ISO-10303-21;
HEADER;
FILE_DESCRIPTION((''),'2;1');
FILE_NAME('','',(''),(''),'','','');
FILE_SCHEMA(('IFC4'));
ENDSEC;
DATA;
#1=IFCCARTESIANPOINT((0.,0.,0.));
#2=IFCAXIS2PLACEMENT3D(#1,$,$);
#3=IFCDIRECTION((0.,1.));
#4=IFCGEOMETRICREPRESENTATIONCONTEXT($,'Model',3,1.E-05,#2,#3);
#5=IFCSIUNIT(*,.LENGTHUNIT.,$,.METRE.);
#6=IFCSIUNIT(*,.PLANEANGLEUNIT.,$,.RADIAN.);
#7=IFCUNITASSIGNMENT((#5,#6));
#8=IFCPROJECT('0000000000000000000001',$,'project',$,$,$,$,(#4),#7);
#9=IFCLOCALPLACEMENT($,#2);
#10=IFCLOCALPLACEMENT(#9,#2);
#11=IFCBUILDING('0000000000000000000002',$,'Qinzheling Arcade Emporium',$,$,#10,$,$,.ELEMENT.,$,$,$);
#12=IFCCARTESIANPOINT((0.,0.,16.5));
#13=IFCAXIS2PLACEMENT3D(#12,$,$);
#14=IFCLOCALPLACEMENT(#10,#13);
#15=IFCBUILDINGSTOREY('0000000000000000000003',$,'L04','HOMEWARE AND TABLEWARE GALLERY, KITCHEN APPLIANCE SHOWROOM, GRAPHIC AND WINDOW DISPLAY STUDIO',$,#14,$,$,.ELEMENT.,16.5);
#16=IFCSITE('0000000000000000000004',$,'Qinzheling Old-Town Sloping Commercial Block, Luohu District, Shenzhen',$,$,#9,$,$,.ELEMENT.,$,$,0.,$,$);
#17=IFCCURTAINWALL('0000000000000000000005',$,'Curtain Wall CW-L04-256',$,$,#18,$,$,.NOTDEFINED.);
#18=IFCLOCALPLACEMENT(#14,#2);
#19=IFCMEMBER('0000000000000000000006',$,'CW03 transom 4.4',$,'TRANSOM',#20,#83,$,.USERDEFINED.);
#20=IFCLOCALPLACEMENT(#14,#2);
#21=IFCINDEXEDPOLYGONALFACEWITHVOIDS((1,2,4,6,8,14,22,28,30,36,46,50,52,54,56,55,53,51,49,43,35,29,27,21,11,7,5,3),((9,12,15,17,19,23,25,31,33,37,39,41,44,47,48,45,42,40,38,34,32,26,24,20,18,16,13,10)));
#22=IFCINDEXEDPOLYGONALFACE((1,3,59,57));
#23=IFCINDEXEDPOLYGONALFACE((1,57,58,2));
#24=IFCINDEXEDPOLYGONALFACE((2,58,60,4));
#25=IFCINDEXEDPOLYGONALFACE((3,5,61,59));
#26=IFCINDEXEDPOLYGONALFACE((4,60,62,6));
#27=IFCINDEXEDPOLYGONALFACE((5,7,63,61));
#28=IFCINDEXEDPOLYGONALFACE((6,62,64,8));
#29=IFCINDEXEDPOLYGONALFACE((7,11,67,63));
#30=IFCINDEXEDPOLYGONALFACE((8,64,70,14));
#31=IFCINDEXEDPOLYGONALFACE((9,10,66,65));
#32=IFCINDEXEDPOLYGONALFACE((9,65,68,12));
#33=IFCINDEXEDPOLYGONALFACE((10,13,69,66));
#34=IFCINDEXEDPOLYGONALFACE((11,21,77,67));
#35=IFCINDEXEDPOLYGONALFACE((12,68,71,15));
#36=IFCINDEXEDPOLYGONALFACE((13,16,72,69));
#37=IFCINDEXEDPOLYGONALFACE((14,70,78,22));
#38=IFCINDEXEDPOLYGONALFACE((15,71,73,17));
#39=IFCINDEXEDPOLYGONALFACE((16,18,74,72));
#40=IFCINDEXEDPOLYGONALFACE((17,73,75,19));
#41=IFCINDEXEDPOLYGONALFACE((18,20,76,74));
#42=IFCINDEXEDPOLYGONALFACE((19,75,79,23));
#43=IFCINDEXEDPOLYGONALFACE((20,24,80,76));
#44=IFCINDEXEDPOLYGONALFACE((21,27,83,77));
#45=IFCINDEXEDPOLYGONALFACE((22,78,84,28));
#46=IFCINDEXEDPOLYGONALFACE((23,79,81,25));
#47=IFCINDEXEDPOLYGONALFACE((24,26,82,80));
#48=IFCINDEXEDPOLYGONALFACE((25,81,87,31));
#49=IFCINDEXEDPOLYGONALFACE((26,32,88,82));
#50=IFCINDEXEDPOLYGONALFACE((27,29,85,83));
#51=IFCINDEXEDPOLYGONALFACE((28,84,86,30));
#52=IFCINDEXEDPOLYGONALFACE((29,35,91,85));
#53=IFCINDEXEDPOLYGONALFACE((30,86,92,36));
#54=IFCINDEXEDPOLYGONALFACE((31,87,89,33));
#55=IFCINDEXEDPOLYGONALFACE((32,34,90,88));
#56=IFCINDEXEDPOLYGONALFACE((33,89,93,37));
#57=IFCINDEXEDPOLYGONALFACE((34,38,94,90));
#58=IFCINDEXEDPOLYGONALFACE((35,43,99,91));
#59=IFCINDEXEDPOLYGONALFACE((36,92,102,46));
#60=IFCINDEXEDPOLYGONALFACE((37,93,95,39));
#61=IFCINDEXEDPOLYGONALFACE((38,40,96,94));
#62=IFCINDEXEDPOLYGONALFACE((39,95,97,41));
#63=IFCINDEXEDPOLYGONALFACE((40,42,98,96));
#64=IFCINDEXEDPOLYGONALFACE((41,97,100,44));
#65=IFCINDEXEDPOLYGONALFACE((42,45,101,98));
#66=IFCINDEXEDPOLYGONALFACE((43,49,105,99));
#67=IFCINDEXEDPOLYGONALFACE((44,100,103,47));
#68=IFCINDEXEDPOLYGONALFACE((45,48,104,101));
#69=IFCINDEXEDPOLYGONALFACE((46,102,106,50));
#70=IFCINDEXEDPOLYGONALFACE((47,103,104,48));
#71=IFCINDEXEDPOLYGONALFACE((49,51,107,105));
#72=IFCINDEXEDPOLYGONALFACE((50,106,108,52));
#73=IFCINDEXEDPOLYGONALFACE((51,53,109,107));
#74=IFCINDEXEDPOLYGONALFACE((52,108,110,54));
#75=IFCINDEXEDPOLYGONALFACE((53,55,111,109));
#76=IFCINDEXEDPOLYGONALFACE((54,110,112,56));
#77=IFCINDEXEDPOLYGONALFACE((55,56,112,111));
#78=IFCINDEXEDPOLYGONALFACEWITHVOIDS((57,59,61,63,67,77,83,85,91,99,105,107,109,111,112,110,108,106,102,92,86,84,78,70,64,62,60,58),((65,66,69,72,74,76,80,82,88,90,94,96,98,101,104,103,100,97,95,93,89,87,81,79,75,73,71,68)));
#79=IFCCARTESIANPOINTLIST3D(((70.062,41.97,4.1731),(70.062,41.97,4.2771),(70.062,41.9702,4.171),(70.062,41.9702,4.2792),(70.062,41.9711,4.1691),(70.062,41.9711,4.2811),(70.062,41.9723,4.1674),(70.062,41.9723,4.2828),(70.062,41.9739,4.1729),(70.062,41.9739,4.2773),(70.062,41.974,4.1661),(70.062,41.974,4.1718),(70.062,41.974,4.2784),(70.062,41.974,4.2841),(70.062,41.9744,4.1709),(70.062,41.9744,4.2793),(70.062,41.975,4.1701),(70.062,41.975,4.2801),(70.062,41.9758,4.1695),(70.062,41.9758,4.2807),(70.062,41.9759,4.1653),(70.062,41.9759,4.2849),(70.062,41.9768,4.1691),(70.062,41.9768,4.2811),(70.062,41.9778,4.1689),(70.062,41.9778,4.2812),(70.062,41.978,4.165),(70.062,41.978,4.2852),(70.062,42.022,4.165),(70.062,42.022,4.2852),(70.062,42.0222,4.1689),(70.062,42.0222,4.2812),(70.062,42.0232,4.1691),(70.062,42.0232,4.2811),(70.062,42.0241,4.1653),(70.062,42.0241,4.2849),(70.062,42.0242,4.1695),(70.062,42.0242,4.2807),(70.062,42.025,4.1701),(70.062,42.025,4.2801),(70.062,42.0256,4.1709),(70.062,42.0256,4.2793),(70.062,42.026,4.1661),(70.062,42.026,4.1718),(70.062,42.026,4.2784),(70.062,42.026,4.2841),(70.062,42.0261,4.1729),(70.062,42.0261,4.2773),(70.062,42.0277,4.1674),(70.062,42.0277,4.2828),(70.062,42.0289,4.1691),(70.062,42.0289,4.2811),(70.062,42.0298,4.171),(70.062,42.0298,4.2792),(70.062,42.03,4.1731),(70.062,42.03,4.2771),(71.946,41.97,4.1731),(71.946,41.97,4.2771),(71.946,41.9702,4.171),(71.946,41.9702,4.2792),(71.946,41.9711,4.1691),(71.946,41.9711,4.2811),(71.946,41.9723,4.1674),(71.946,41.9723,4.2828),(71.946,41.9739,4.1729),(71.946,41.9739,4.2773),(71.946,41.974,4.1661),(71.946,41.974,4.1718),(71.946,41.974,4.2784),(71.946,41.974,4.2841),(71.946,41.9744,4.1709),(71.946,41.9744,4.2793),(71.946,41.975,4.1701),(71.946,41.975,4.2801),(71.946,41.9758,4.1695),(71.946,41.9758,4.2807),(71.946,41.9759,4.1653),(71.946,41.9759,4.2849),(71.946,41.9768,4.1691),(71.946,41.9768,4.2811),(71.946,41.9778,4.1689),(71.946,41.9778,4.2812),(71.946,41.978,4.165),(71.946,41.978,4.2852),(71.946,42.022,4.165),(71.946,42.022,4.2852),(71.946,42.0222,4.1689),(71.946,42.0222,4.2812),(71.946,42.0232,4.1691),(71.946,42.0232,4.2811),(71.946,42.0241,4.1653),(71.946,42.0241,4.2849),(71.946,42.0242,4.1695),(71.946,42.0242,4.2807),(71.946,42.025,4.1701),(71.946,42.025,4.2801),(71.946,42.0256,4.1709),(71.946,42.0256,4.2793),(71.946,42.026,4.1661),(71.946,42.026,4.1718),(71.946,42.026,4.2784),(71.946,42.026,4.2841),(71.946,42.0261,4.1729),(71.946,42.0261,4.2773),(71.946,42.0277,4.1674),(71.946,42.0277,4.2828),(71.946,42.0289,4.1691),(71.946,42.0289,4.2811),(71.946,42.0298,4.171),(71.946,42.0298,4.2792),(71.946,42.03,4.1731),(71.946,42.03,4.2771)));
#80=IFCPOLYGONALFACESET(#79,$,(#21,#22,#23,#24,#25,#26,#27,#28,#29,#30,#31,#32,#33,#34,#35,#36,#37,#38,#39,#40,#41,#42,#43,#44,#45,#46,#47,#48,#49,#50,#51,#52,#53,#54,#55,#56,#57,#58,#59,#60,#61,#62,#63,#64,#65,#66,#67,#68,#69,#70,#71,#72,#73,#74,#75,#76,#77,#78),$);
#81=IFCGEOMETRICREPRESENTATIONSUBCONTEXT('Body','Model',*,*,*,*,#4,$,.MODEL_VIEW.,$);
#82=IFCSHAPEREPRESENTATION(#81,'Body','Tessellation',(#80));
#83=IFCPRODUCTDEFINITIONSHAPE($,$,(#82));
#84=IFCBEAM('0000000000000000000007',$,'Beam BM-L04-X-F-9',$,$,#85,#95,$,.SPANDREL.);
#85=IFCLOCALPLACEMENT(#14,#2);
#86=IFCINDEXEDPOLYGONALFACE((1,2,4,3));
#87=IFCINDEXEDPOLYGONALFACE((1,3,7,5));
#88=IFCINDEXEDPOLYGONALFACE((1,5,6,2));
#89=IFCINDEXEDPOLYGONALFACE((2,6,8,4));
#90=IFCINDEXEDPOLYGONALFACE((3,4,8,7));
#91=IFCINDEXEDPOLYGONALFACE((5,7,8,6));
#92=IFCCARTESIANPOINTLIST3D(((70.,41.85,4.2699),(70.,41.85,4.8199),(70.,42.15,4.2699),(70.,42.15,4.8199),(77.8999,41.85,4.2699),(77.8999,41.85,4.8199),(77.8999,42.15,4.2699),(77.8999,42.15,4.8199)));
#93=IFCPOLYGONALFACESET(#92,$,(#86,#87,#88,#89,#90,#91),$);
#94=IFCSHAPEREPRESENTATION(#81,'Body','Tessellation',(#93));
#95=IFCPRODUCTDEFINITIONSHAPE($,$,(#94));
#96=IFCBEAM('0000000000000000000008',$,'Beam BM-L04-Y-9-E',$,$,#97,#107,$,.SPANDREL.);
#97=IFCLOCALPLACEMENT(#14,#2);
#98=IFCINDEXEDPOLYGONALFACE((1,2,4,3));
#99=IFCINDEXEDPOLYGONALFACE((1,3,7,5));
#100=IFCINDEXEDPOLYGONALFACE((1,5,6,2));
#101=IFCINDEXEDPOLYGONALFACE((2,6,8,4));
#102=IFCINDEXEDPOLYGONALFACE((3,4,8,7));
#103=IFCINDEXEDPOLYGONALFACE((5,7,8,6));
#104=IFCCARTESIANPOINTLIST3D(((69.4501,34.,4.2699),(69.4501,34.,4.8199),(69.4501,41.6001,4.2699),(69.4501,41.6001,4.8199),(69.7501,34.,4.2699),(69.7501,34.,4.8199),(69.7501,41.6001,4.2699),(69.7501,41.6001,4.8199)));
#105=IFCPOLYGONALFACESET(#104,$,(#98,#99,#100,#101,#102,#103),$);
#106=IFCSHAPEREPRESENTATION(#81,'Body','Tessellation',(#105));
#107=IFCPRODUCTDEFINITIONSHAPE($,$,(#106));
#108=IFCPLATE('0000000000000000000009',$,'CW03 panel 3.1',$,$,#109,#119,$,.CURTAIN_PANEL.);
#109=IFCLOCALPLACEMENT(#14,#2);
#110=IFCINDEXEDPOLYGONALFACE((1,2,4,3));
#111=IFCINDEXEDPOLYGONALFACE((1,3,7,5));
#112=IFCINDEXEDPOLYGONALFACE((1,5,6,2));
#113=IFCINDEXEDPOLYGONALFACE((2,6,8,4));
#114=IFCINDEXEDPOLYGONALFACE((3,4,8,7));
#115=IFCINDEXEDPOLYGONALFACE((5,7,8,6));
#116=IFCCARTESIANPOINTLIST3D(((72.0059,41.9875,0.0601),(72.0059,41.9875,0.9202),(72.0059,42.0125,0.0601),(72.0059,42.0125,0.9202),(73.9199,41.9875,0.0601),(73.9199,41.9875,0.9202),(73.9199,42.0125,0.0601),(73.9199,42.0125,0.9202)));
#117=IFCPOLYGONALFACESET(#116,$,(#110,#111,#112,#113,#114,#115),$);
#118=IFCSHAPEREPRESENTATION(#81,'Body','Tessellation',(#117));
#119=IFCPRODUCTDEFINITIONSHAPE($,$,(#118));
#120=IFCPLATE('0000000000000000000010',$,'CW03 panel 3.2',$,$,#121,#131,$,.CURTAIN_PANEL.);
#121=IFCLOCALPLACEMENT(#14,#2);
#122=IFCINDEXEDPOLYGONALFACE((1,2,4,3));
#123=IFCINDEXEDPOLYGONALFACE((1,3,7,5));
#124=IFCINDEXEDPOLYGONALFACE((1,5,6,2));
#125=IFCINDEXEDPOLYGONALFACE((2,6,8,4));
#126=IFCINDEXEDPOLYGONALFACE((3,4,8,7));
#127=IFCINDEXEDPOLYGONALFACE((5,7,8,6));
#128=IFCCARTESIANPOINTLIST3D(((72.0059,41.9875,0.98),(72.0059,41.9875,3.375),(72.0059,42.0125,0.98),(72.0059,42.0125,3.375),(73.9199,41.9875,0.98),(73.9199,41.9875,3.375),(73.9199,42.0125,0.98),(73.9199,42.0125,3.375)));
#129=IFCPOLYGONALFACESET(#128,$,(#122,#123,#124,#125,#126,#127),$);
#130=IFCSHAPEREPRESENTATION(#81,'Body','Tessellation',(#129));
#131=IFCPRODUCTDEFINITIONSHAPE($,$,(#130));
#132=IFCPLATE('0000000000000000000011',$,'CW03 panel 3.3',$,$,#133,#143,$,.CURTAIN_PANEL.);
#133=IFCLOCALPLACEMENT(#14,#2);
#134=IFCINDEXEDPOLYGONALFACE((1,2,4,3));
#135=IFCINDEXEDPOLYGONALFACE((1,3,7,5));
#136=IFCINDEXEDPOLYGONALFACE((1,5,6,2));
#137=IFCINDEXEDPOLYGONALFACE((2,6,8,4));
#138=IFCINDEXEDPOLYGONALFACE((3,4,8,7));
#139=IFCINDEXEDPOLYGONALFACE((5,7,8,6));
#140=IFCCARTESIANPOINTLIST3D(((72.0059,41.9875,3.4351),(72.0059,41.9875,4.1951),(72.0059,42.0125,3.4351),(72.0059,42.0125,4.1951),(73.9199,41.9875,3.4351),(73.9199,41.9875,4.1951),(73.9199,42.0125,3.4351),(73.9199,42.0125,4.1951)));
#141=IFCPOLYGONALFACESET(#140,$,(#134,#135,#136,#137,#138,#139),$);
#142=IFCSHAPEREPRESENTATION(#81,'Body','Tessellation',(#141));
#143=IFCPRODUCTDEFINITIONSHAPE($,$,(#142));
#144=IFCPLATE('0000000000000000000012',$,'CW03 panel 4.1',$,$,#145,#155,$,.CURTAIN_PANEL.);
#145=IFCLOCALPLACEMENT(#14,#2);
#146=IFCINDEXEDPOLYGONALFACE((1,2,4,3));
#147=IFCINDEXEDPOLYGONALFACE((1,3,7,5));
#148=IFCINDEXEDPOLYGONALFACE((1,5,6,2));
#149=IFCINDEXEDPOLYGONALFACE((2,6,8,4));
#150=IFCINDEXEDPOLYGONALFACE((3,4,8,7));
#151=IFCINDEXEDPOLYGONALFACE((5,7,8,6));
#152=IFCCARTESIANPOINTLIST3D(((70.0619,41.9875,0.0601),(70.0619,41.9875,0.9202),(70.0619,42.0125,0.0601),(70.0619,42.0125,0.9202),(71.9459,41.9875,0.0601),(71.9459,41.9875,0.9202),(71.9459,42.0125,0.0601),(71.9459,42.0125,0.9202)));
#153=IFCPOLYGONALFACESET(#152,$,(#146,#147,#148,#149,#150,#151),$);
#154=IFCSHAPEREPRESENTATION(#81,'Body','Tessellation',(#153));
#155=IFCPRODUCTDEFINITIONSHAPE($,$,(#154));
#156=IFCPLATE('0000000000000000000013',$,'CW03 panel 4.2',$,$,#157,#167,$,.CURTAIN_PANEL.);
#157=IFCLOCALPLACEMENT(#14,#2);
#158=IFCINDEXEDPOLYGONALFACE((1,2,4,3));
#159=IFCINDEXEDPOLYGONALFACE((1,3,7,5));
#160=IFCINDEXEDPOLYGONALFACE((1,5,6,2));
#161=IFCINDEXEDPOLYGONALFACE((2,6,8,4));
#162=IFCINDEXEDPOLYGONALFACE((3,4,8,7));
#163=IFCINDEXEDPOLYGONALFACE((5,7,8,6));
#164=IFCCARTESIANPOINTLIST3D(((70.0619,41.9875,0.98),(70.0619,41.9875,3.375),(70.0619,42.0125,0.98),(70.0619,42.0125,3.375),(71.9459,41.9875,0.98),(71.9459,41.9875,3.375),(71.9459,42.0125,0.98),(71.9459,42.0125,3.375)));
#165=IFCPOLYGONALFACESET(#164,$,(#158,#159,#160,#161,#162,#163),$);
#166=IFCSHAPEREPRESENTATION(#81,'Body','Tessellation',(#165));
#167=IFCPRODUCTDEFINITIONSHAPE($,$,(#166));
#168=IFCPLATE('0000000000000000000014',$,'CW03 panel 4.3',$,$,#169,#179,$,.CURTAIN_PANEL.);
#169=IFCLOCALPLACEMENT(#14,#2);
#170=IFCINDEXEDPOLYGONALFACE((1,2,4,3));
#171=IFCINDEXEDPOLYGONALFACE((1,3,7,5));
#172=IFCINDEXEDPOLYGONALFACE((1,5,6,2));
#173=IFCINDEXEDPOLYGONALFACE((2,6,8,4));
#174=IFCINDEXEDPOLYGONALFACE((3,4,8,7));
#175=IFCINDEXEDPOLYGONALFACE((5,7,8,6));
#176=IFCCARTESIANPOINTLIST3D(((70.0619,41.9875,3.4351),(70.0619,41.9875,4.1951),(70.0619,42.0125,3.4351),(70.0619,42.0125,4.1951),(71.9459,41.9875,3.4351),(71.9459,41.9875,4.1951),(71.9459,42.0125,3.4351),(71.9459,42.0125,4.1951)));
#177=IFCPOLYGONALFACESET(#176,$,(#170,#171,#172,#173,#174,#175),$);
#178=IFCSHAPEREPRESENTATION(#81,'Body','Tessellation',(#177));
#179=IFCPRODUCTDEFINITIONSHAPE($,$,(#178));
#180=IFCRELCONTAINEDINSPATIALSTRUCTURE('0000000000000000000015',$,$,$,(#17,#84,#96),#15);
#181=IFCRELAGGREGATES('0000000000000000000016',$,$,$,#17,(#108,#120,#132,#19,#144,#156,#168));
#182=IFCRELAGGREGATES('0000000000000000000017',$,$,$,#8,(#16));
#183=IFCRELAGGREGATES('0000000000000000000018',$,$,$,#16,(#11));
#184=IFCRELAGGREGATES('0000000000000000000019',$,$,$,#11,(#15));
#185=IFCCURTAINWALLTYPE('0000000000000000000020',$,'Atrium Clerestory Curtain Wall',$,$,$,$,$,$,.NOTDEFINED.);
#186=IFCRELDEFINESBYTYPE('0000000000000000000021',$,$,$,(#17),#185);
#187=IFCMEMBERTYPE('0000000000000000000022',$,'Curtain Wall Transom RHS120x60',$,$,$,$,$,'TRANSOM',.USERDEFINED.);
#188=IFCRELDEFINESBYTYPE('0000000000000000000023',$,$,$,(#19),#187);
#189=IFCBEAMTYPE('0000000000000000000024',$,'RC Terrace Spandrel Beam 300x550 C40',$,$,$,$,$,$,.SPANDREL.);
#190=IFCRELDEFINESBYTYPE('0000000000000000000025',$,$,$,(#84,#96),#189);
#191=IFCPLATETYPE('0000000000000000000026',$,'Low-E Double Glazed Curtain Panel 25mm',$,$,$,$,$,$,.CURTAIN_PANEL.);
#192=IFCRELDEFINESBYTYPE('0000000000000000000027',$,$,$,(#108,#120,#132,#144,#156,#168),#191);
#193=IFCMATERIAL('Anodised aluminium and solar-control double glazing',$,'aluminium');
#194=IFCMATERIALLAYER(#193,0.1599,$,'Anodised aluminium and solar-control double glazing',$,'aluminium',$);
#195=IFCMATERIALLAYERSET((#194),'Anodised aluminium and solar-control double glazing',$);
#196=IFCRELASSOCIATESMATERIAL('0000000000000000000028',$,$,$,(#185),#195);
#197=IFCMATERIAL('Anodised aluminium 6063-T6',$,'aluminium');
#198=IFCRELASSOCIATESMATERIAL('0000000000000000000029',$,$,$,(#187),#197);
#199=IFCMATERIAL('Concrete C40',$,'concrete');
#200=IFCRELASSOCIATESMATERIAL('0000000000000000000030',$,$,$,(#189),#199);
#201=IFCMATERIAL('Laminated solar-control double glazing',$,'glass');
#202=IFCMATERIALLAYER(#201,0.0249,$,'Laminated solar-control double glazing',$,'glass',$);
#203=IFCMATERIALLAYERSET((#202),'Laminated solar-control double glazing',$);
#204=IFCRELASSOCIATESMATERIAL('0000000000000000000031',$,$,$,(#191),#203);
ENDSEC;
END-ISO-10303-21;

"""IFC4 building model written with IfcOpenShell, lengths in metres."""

from ifc_helpers import new_model, si_unit, direction, frame, origin, origin_2d, place, context, subcontext, project, spatial, rectangle, hollow_rectangle, extrude, material, layer, layer_set, material_profile, profile_set, type_object, element, aggregate, save


model = new_model("IFC4")

# Units and contexts
model_context = context("Model", 3, precision=1e-05, world=origin(), true_north=direction((0.0, 1.0)))
body_context = subcontext(model_context, "Body", "Model", "MODEL_VIEW")
ifc_project = project(units=[si_unit("LENGTHUNIT", "METRE"), si_unit("PLANEANGLEUNIT", "RADIAN")], contexts=[model_context])

# Site, building, storey
site_placement = place(None, origin())
site = spatial("IfcSite", under=ifc_project, at=site_placement, Name="Qinzheling Old-Town Sloping Commercial Block, Luohu District, Shenzhen", CompositionType="ELEMENT", RefElevation=0.0)
building_placement = place(site_placement, origin())
building = spatial("IfcBuilding", under=site, at=building_placement, Name="Qinzheling Arcade Emporium", CompositionType="ELEMENT")
storey_placement = place(building_placement, frame((0.0, 0.0, 16.5)))
storey = spatial("IfcBuildingStorey", under=building, at=storey_placement, Name="L04", Description="HOMEWARE AND TABLEWARE GALLERY, KITCHEN APPLIANCE SHOWROOM, GRAPHIC AND WINDOW DISPLAY STUDIO", CompositionType="ELEMENT", Elevation=16.5)

# Shared definitions
ifc_material_1 = material(Name="Concrete C40", Category="concrete")

# Curtain wall, member
ifc_material_2 = material(Name="Anodised aluminium and solar-control double glazing", Category="aluminium")
ifc_layer_1 = layer(ifc_material_2, 0.1599, Name="Anodised aluminium and solar-control double glazing", Category="aluminium")
ifc_layer_set_1 = layer_set([ifc_layer_1], Name="Anodised aluminium and solar-control double glazing")
curtain_wall_type = type_object("IfcCurtainWallType", Name="Atrium Clerestory Curtain Wall", PredefinedType="NOTDEFINED", material=ifc_layer_set_1)
curtain_wall_placement = place(storey_placement, origin())
curtain_wall = element("IfcCurtainWall", 1, at=curtain_wall_placement, inside=storey, type_object=curtain_wall_type, Name="Curtain Wall CW-L04-256", PredefinedType="NOTDEFINED")
ifc_material_3 = material(Name="Anodised aluminium 6063-T6", Category="aluminium")
ifc_material_profile_1 = material_profile(ifc_material_3, hollow_rectangle(XDim=0.0601, YDim=0.1201, WallThickness=0.0039, InnerFilletRadius=0.0039, OuterFilletRadius=0.0081, at=origin_2d()), Name="RHS 120x60x4", Category="aluminium")
ifc_profile_set_1 = profile_set([ifc_material_profile_1], Name="Anodised aluminium 6063-T6")
member_type_1 = type_object("IfcMemberType", Name="Curtain Wall Transom RHS120x60", ElementType="TRANSOM", PredefinedType="USERDEFINED", material=ifc_profile_set_1)
member_1_placement = place(storey_placement, frame((71.946, 42.0, 4.2251), z_axis=(-1.0, 0.0, 0.0), x_axis=(0.0, -1.0, 0.0)))
member_1 = element("IfcMember", 2, at=member_1_placement, type_object=member_type_1, Name="CW03 transom 4.4", ObjectType="TRANSOM", PredefinedType="USERDEFINED", context=body_context, shape_type="SweptSolid", body=[
    extrude(hollow_rectangle(XDim=0.0601, YDim=0.1201, WallThickness=0.0039, InnerFilletRadius=0.0039, OuterFilletRadius=0.0081, at=origin_2d()), origin(), (0.0, 0.0, 1.0), 1.884),
])

# Beams
ifc_material_profile_2 = material_profile(ifc_material_1, rectangle(XDim=0.3, YDim=0.55, at=origin_2d()), Name="RC 300x550", Category="concrete")
ifc_profile_set_2 = profile_set([ifc_material_profile_2], Name="Concrete C40")
beam_type = type_object("IfcBeamType", Name="RC Terrace Spandrel Beam 300x550 C40", PredefinedType="SPANDREL", material=ifc_profile_set_2)
beam_1_placement = place(storey_placement, frame((70.0, 42.0, 4.5449), z_axis=(1.0, 0.0, 0.0), x_axis=(0.0, 1.0, 0.0)))
element("IfcBeam", 3, at=beam_1_placement, inside=storey, type_object=beam_type, Name="Beam BM-L04-X-F-9", PredefinedType="SPANDREL", context=body_context, shape_type="SweptSolid", body=[
    extrude(rectangle(XDim=0.3, YDim=0.55, at=origin_2d()), origin(), (0.0, 0.0, 1.0), 7.8999),
])
beam_2_placement = place(storey_placement, frame((69.6001, 34.0, 4.5449), z_axis=(0.0, 1.0, 0.0), x_axis=(-1.0, 0.0, 0.0)))
element("IfcBeam", 4, at=beam_2_placement, inside=storey, type_object=beam_type, Name="Beam BM-L04-Y-9-E", PredefinedType="SPANDREL", context=body_context, shape_type="SweptSolid", body=[
    extrude(rectangle(XDim=0.3, YDim=0.55, at=origin_2d()), origin(), (0.0, 0.0, 1.0), 7.6001),
])

# Plates
ifc_material_4 = material(Name="Laminated solar-control double glazing", Category="glass")
ifc_layer_2 = layer(ifc_material_4, 0.0249, Name="Laminated solar-control double glazing", Category="glass")
ifc_layer_set_2 = layer_set([ifc_layer_2], Name="Laminated solar-control double glazing")
plate_type = type_object("IfcPlateType", Name="Low-E Double Glazed Curtain Panel 25mm", PredefinedType="CURTAIN_PANEL", material=ifc_layer_set_2)
plate_1_placement = place(storey_placement, frame((72.9629, 42.0, 0.0601), z_axis=(0.0, 0.0, 1.0), x_axis=(-1.0, 0.0, 0.0)))
plate_1 = element("IfcPlate", 5, at=plate_1_placement, type_object=plate_type, Name="CW03 panel 3.1", PredefinedType="CURTAIN_PANEL", context=body_context, shape_type="SweptSolid", body=[
    extrude(rectangle(XDim=1.9141, YDim=0.0249, at=origin_2d()), origin(), (0.0, 0.0, 1.0), 0.8601),
])
plate_2_placement = place(storey_placement, frame((72.9629, 42.0, 0.98), z_axis=(0.0, 0.0, 1.0), x_axis=(-1.0, 0.0, 0.0)))
plate_2 = element("IfcPlate", 6, at=plate_2_placement, type_object=plate_type, Name="CW03 panel 3.2", PredefinedType="CURTAIN_PANEL", context=body_context, shape_type="SweptSolid", body=[
    extrude(rectangle(XDim=1.9141, YDim=0.0249, at=origin_2d()), origin(), (0.0, 0.0, 1.0), 2.395),
])
plate_3_placement = place(storey_placement, frame((72.9629, 42.0, 3.4351), z_axis=(0.0, 0.0, 1.0), x_axis=(-1.0, 0.0, 0.0)))
plate_3 = element("IfcPlate", 7, at=plate_3_placement, type_object=plate_type, Name="CW03 panel 3.3", PredefinedType="CURTAIN_PANEL", context=body_context, shape_type="SweptSolid", body=[
    extrude(rectangle(XDim=1.9141, YDim=0.0249, at=origin_2d()), origin(), (0.0, 0.0, 1.0), 0.76),
])
plate_4_placement = place(storey_placement, frame((71.0039, 42.0, 0.0601), z_axis=(0.0, 0.0, 1.0), x_axis=(-1.0, 0.0, 0.0)))
plate_4 = element("IfcPlate", 8, at=plate_4_placement, type_object=plate_type, Name="CW03 panel 4.1", PredefinedType="CURTAIN_PANEL", context=body_context, shape_type="SweptSolid", body=[
    extrude(rectangle(XDim=1.884, YDim=0.0249, at=origin_2d()), origin(), (0.0, 0.0, 1.0), 0.8601),
])
plate_5_placement = place(storey_placement, frame((71.0039, 42.0, 0.98), z_axis=(0.0, 0.0, 1.0), x_axis=(-1.0, 0.0, 0.0)))
plate_5 = element("IfcPlate", 9, at=plate_5_placement, type_object=plate_type, Name="CW03 panel 4.2", PredefinedType="CURTAIN_PANEL", context=body_context, shape_type="SweptSolid", body=[
    extrude(rectangle(XDim=1.884, YDim=0.0249, at=origin_2d()), origin(), (0.0, 0.0, 1.0), 2.395),
])
plate_6_placement = place(storey_placement, frame((71.0039, 42.0, 3.4351), z_axis=(0.0, 0.0, 1.0), x_axis=(-1.0, 0.0, 0.0)))
plate_6 = element("IfcPlate", 10, at=plate_6_placement, type_object=plate_type, Name="CW03 panel 4.3", PredefinedType="CURTAIN_PANEL", context=body_context, shape_type="SweptSolid", body=[
    extrude(rectangle(XDim=1.884, YDim=0.0249, at=origin_2d()), origin(), (0.0, 0.0, 1.0), 0.76),
])
aggregate(curtain_wall, [plate_1, plate_2, plate_3, member_1, plate_4, plate_5, plate_6])

save(model, "model.ifc")
